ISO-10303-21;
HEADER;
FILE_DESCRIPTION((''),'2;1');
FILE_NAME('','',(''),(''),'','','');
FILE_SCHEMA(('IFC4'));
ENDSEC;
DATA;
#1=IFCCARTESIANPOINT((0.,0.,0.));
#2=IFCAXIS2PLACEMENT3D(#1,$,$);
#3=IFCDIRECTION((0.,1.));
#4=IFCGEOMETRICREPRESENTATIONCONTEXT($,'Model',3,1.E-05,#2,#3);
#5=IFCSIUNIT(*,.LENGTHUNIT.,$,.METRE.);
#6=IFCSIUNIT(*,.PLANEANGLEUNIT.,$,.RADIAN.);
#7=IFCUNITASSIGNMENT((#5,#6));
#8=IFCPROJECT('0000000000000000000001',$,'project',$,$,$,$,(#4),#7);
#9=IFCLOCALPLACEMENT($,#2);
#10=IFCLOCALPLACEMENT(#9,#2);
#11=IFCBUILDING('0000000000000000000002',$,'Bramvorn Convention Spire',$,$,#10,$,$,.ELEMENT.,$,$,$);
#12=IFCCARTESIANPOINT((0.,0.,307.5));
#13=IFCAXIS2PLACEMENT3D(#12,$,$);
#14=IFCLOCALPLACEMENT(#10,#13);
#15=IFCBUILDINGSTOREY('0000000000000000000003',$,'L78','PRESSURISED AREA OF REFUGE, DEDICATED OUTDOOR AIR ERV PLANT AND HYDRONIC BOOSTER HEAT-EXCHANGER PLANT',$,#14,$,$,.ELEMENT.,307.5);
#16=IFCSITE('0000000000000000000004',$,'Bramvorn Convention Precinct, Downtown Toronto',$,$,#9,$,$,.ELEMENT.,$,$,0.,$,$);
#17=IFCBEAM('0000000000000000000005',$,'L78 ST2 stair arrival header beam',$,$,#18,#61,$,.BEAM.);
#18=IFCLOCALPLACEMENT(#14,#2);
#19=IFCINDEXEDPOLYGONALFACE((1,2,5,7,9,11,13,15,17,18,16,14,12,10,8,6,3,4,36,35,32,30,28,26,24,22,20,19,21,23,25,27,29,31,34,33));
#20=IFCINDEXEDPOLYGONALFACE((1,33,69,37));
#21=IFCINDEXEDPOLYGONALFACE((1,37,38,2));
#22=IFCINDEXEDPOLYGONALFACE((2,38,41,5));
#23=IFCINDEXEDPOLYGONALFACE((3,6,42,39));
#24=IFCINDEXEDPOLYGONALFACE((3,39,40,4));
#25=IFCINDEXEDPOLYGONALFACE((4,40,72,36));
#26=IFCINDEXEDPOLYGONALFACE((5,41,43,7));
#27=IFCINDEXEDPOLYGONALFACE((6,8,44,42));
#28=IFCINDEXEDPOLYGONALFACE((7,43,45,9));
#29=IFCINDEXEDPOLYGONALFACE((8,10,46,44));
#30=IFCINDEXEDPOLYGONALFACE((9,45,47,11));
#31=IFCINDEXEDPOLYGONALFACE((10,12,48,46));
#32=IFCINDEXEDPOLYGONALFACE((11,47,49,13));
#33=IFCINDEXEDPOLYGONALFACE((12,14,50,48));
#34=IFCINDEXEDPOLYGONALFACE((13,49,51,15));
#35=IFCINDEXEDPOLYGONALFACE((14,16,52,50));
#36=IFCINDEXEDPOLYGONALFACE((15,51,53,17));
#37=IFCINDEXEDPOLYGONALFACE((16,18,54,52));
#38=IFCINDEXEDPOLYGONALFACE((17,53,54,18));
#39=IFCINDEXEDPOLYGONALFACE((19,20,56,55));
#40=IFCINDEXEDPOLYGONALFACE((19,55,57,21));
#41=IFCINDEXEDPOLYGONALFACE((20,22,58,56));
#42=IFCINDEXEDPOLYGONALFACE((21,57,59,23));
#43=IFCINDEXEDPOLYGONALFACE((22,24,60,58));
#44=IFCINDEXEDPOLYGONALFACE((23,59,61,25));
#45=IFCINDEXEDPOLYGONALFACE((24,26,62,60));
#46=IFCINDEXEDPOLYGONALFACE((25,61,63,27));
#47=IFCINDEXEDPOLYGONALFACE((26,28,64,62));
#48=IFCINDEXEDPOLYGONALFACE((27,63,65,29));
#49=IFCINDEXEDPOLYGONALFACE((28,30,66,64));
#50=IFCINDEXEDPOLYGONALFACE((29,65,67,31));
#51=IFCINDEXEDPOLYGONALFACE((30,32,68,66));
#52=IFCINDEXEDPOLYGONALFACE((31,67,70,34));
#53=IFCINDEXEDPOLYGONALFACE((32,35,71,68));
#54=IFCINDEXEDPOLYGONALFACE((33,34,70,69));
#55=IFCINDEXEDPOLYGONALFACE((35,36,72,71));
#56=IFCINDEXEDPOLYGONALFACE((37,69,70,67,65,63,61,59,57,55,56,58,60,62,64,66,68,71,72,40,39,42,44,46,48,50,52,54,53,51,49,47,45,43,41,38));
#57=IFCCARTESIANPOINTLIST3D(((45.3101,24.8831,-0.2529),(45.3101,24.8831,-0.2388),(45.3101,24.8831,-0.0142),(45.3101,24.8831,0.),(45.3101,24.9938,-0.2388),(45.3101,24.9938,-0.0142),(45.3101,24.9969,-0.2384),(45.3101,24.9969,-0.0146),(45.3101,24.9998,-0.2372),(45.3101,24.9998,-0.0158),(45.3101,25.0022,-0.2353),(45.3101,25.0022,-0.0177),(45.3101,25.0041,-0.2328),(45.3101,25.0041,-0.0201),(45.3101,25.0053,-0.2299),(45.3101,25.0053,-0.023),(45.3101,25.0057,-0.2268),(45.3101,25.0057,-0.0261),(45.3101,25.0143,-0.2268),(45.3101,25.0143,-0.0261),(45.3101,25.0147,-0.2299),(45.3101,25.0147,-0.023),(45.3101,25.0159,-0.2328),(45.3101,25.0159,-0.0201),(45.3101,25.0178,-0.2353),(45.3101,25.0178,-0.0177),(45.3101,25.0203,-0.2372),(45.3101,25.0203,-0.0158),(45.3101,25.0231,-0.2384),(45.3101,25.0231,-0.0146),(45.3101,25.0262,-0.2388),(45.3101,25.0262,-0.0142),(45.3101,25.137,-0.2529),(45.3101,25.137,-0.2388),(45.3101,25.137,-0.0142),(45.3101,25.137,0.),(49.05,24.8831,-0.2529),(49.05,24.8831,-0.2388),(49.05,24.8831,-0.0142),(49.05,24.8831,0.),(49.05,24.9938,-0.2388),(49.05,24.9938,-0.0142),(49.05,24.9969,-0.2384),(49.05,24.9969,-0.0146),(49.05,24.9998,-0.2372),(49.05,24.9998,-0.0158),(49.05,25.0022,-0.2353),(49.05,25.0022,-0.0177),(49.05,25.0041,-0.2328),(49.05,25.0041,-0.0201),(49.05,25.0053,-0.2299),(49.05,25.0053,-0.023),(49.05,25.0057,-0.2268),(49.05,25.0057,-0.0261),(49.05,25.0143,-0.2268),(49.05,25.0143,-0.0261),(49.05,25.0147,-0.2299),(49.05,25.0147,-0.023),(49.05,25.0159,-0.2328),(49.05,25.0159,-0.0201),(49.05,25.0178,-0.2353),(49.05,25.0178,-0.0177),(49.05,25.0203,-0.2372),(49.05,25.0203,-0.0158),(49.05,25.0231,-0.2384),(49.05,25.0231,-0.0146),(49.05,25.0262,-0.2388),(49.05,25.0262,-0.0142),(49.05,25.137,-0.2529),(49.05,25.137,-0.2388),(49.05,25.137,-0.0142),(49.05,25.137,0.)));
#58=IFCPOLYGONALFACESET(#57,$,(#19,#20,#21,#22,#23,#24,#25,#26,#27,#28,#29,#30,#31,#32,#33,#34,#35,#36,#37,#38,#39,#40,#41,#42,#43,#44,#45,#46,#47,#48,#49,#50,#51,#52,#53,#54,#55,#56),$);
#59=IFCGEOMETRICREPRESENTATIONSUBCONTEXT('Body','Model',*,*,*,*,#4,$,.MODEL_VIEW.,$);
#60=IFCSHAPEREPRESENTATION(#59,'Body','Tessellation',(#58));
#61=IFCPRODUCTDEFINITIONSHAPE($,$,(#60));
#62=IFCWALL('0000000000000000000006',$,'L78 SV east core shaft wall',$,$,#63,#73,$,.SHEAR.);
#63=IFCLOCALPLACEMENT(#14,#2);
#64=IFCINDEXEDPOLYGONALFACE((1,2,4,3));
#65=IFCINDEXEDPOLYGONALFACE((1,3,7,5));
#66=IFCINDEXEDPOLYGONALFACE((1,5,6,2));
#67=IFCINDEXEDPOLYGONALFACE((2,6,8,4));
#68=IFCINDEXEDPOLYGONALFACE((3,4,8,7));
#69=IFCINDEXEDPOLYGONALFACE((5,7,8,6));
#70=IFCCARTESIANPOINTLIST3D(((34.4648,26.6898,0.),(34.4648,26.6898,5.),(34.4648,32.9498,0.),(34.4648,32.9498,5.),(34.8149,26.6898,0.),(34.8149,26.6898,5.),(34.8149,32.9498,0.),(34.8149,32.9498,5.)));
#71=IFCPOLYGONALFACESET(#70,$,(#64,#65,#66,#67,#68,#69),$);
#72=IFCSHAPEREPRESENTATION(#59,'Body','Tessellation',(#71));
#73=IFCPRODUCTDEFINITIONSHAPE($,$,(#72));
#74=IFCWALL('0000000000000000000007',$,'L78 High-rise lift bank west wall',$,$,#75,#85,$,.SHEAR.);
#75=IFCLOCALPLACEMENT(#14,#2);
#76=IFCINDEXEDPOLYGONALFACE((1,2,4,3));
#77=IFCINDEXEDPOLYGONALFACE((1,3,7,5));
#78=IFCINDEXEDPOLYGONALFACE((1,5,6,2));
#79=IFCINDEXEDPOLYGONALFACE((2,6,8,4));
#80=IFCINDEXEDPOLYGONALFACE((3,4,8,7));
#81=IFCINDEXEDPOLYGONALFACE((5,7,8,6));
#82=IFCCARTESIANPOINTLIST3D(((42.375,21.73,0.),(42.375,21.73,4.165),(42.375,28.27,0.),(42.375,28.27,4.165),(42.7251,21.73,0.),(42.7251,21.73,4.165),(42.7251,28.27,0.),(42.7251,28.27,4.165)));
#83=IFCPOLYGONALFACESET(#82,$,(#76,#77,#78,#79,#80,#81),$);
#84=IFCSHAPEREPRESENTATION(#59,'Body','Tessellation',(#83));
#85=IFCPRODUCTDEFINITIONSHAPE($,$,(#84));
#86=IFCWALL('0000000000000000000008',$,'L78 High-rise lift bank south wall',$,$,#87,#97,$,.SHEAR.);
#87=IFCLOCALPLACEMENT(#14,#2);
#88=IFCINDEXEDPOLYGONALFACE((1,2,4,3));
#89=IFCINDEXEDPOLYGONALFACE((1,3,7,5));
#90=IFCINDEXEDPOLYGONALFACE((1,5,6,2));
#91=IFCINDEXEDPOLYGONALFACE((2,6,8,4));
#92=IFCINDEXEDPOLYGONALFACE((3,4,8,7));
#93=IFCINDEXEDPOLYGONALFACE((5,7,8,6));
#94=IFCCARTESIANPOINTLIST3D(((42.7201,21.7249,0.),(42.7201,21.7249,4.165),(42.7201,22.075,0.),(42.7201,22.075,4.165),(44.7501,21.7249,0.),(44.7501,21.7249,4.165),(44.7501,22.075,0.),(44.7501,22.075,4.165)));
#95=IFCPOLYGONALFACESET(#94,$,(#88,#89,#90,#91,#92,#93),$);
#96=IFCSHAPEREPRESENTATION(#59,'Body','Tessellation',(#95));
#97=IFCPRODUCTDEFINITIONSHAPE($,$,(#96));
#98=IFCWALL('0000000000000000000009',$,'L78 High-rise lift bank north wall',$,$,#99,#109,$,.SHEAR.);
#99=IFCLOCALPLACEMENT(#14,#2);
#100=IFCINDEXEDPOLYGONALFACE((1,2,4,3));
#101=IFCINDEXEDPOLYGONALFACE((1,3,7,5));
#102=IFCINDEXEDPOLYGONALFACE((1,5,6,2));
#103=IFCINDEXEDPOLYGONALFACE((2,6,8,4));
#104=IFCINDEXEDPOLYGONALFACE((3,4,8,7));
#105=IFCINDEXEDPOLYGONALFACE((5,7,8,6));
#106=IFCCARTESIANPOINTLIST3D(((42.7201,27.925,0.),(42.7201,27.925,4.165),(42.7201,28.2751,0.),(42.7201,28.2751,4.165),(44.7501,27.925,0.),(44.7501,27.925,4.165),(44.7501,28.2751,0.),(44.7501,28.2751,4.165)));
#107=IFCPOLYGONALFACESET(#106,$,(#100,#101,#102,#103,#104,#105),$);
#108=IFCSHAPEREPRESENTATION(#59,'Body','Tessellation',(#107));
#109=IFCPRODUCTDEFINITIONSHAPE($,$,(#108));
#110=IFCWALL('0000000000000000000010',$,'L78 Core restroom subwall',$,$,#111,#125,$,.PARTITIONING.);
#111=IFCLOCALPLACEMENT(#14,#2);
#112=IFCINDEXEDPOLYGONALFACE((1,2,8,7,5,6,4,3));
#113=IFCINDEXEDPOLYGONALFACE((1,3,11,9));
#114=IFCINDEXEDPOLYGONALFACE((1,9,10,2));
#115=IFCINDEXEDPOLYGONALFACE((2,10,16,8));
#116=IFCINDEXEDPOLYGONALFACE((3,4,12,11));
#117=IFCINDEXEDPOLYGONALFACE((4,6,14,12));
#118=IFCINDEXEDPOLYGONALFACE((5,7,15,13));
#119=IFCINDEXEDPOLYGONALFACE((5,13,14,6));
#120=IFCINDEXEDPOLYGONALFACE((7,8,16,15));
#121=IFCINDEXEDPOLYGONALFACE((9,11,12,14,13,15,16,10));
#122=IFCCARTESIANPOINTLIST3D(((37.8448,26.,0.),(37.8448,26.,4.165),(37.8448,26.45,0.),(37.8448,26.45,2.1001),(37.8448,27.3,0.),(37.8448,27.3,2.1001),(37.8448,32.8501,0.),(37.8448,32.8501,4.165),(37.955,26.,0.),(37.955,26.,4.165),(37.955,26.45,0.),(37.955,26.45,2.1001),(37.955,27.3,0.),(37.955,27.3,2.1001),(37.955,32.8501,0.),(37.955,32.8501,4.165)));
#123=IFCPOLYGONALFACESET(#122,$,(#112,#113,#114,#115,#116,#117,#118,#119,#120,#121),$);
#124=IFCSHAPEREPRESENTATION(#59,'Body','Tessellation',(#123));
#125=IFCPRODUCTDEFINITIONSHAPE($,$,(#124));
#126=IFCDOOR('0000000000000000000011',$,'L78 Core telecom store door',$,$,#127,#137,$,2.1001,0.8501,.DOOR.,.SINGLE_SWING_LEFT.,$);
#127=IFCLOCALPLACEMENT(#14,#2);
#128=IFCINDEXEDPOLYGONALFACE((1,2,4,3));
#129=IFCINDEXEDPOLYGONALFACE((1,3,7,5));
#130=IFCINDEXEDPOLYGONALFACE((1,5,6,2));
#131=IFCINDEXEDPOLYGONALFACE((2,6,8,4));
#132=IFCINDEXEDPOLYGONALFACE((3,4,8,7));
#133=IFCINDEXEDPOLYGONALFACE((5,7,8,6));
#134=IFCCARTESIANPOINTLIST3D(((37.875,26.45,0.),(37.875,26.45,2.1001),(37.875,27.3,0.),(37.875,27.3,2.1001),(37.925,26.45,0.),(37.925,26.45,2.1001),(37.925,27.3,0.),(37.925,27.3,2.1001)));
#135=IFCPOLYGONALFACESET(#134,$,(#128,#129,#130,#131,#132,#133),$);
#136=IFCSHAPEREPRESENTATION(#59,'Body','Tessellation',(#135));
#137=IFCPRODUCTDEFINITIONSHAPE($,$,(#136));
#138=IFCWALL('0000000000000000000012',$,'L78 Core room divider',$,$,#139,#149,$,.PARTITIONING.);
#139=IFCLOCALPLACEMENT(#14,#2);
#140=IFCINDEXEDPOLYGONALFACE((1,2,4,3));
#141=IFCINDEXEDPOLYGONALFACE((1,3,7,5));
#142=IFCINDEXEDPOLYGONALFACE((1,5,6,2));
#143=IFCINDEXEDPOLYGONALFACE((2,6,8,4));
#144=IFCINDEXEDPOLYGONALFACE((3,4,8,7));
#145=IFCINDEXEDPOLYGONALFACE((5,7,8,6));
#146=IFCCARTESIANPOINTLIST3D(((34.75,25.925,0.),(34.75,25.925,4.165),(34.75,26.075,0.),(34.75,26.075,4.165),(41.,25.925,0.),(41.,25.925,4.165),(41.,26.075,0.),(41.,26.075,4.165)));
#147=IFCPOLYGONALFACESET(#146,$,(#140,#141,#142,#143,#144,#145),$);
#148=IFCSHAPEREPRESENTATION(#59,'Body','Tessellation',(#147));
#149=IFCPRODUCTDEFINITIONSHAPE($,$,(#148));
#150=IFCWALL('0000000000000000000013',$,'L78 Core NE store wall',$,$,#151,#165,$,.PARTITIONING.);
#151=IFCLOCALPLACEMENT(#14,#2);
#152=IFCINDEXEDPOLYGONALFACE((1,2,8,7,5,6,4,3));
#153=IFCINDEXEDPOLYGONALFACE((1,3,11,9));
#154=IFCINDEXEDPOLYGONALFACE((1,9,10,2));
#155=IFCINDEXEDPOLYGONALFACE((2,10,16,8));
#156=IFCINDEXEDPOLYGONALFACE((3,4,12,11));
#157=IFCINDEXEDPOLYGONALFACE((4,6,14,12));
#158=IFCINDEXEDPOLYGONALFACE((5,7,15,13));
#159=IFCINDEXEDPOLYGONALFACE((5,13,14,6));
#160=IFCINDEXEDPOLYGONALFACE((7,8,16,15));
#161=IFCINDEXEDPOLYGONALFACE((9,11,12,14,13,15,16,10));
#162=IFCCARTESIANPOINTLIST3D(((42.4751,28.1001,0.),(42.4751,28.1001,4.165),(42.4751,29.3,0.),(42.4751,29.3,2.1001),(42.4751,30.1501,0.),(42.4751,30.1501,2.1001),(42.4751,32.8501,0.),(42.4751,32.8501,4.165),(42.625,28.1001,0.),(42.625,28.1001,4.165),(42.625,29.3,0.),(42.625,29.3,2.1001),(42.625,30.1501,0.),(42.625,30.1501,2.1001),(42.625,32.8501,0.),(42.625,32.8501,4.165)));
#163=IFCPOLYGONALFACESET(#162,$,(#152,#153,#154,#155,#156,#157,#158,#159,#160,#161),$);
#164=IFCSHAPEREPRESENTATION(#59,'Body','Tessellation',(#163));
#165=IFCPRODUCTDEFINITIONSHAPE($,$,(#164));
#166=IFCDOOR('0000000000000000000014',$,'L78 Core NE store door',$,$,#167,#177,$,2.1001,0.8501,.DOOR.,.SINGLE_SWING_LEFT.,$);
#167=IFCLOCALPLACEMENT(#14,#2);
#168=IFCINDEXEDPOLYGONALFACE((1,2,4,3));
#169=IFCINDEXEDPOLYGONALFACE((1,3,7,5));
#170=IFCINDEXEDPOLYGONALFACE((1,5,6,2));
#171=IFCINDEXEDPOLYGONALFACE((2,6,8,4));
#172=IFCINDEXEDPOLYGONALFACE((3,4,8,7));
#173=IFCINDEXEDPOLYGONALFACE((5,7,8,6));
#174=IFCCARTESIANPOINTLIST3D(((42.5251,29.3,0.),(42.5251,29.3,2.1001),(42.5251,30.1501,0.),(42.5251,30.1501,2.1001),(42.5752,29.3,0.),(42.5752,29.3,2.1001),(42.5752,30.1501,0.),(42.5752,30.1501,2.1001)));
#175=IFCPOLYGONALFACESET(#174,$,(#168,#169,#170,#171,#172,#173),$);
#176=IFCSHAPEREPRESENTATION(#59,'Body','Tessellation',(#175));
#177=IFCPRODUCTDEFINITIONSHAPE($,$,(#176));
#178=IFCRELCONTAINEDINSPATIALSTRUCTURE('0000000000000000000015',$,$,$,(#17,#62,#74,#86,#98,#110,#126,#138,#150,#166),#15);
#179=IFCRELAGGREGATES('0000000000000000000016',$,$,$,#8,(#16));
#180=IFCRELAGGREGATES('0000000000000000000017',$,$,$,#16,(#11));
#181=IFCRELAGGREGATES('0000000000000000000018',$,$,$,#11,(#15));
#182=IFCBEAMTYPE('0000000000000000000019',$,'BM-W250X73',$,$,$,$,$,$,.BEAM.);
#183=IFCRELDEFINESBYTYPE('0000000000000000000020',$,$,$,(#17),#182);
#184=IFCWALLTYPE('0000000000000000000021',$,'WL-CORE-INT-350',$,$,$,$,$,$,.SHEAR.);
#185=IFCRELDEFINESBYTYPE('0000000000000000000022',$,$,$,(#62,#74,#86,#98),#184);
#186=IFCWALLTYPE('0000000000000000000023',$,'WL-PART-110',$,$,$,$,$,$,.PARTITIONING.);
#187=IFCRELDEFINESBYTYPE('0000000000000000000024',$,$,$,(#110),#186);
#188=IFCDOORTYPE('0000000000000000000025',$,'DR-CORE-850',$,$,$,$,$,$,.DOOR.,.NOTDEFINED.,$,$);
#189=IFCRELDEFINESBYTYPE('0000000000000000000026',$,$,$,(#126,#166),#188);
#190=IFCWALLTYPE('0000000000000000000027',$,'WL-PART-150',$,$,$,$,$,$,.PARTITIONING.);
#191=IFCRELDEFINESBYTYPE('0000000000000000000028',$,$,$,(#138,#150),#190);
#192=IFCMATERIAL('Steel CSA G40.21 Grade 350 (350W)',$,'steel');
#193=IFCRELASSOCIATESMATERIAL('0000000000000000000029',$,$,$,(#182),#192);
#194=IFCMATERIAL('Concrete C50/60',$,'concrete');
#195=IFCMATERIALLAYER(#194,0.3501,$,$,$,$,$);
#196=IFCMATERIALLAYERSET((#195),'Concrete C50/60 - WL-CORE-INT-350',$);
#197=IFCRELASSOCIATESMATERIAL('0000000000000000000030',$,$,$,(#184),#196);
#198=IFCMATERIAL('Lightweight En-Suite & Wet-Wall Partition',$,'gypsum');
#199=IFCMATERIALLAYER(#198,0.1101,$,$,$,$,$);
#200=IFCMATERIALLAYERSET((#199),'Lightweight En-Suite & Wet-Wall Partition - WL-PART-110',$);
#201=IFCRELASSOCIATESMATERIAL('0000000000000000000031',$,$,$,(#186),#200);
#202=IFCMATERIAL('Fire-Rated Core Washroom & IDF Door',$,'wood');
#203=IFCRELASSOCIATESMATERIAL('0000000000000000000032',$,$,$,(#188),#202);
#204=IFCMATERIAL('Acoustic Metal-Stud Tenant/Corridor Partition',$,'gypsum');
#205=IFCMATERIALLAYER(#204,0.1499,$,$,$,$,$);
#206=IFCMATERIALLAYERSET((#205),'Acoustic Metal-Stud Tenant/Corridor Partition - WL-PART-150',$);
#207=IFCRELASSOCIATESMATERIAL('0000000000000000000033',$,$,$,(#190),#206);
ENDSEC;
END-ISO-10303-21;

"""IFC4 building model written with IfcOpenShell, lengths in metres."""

from ifc_helpers import new_model, si_unit, direction, frame, frame_2d, origin, origin_2d, place, context, subcontext, project, spatial, rectangle, i_section, extrude, material, layer, layer_set, material_profile, profile_set, type_object, element, fill, save


model = new_model("IFC4")

# Units and contexts
model_context = context("Model", 3, precision=1e-05, world=origin(), true_north=direction((0.0, 1.0)))
body_context = subcontext(model_context, "Body", "Model", "MODEL_VIEW")
ifc_project = project(units=[si_unit("LENGTHUNIT", "METRE"), si_unit("PLANEANGLEUNIT", "RADIAN")], contexts=[model_context])

# Site, building, storey
site_placement = place(None, origin())
site = spatial("IfcSite", under=ifc_project, at=site_placement, Name="Bramvorn Convention Precinct, Downtown Toronto", CompositionType="ELEMENT", RefElevation=0.0)
building_placement = place(site_placement, origin())
building = spatial("IfcBuilding", under=site, at=building_placement, Name="Bramvorn Convention Spire", CompositionType="ELEMENT")
storey_placement = place(building_placement, frame((0.0, 0.0, 307.5)))
storey = spatial("IfcBuildingStorey", under=building, at=storey_placement, Name="L78", Description="PRESSURISED AREA OF REFUGE, DEDICATED OUTDOOR AIR ERV PLANT AND HYDRONIC BOOSTER HEAT-EXCHANGER PLANT", CompositionType="ELEMENT", Elevation=307.5)

# Beam
ifc_material_1 = material(Name="Steel CSA G40.21 Grade 350 (350W)", Category="steel")
ifc_material_profile = material_profile(ifc_material_1, i_section(OverallWidth=0.2539, OverallDepth=0.2529, WebThickness=0.0085, FlangeThickness=0.0142, FilletRadius=0.012, at=origin_2d()))
ifc_profile_set = profile_set([ifc_material_profile], Name="Steel CSA G40.21 Grade 350 (350W) - W250X73")
beam_type = type_object("IfcBeamType", Name="BM-W250X73", PredefinedType="BEAM", material=ifc_profile_set)
beam_placement = place(storey_placement, frame((45.3101, 25.01, -0.1265), z_axis=(1.0, 0.0, 0.0), x_axis=(0.0, 1.0, 0.0)))
element("IfcBeam", 1, at=beam_placement, inside=storey, type_object=beam_type, Name="L78 ST2 stair arrival header beam", PredefinedType="BEAM", context=body_context, shape_type="SweptSolid", body=[
    extrude(i_section(OverallWidth=0.2539, OverallDepth=0.2529, WebThickness=0.0085, FlangeThickness=0.0142, FilletRadius=0.012, at=origin_2d()), origin(), (0.0, 0.0, 1.0), 3.74),
])

# Shared definitions
ifc_material_2 = material(Name="Concrete C50/60", Category="concrete")
ifc_layer_1 = layer(ifc_material_2, 0.3501)
ifc_layer_set_1 = layer_set([ifc_layer_1], Name="Concrete C50/60 - WL-CORE-INT-350")
wall_type_1 = type_object("IfcWallType", Name="WL-CORE-INT-350", PredefinedType="SHEAR", material=ifc_layer_set_1)

# Walls
wall_1_placement = place(storey_placement, frame((34.6399, 26.6899, 0.0), z_axis=(0.0, 0.0, 1.0), x_axis=(0.0, 1.0, 0.0)))
element("IfcWall", 2, at=wall_1_placement, inside=storey, type_object=wall_type_1, Name="L78 SV east core shaft wall", PredefinedType="SHEAR", context=body_context, shape_type="SweptSolid", body=[
    extrude(rectangle(XDim=6.26, YDim=0.3501, at=frame_2d((3.1299, 0.0))), origin(), (0.0, 0.0, 1.0), 5.0),
])
wall_2_placement = place(storey_placement, frame((42.55, 21.73, 0.0), z_axis=(0.0, 0.0, 1.0), x_axis=(0.0, 1.0, 0.0)))
element("IfcWall", 3, at=wall_2_placement, inside=storey, type_object=wall_type_1, Name="L78 High-rise lift bank west wall", PredefinedType="SHEAR", context=body_context, shape_type="SweptSolid", body=[
    extrude(rectangle(XDim=6.54, YDim=0.3501, at=frame_2d((3.27, 0.0))), origin(), (0.0, 0.0, 1.0), 4.165),
])
for number, where, z_axis, x_axis, name in (
    (4, (42.72, 21.8999, 0.0), (0.0, 0.0, 1.0), (1.0, 0.0, 0.0), "L78 High-rise lift bank south wall"),
    (5, (42.72, 28.1001, 0.0), (0.0, 0.0, 1.0), (1.0, 0.0, 0.0), "L78 High-rise lift bank north wall"),
):
    element("IfcWall", number, at=place(storey_placement, frame(where, z_axis=z_axis, x_axis=x_axis)), inside=storey, type_object=wall_type_1, Name=name, PredefinedType="SHEAR", context=body_context, shape_type="SweptSolid", body=[
        extrude(rectangle(XDim=2.03, YDim=0.3501, at=frame_2d((1.0151, 0.0))), origin(), (0.0, 0.0, 1.0), 4.165),
    ])

# Wall, opening, door
ifc_material_3 = material(Name="Lightweight En-Suite & Wet-Wall Partition", Category="gypsum")
ifc_layer_2 = layer(ifc_material_3, 0.1101)
ifc_layer_set_2 = layer_set([ifc_layer_2], Name="Lightweight En-Suite & Wet-Wall Partition - WL-PART-110")
wall_type_2 = type_object("IfcWallType", Name="WL-PART-110", PredefinedType="PARTITIONING", material=ifc_layer_set_2)
wall_3_placement = place(storey_placement, frame((37.8999, 26.0, 0.0), z_axis=(0.0, 0.0, 1.0), x_axis=(0.0, 1.0, 0.0)))
wall_3 = element("IfcWall", 6, at=wall_3_placement, inside=storey, type_object=wall_type_2, Name="L78 Core restroom subwall", PredefinedType="PARTITIONING", context=body_context, shape_type="SweptSolid", body=[
    extrude(rectangle(XDim=6.8501, YDim=0.1101, at=frame_2d((3.425, 0.0))), origin(), (0.0, 0.0, 1.0), 4.165),
])
opening_1_placement = place(wall_3_placement, frame((0.45, 0.0, 0.0)))
opening_1 = element("IfcOpeningElement", 7, at=opening_1_placement, cuts=wall_3, PredefinedType="OPENING", context=body_context, shape_type="SweptSolid", body=[
    extrude(rectangle(XDim=0.8501, YDim=2.1001, at=frame_2d((0.425, 1.05))), frame((0.0, 0.0649, 0.0), z_axis=(0.0, -1.0, 0.0), x_axis=(1.0, 0.0, 0.0)), (0.0, 0.0, 1.0), 0.1301),
])
ifc_material_4 = material(Name="Fire-Rated Core Washroom & IDF Door", Category="wood")
door_type_1 = type_object("IfcDoorType", Name="DR-CORE-850", OperationType="NOTDEFINED", PredefinedType="DOOR", material=ifc_material_4)
door_1_placement = place(opening_1_placement, origin())
door_1 = element("IfcDoor", 8, at=door_1_placement, inside=storey, type_object=door_type_1, Name="L78 Core telecom store door", OperationType="SINGLE_SWING_LEFT", OverallHeight=2.1001, OverallWidth=0.8501, PredefinedType="DOOR", context=body_context, shape_type="SweptSolid", body=[
    extrude(rectangle(XDim=0.8501, YDim=2.1001, at=frame_2d((0.425, 1.05))), frame((0.0, 0.0249, 0.0), z_axis=(0.0, -1.0, 0.0), x_axis=(1.0, 0.0, 0.0)), (0.0, 0.0, 1.0), 0.05),
])
fill(opening_1, door_1)

# Wall
ifc_material_5 = material(Name="Acoustic Metal-Stud Tenant/Corridor Partition", Category="gypsum")
ifc_layer_3 = layer(ifc_material_5, 0.1499)
ifc_layer_set_3 = layer_set([ifc_layer_3], Name="Acoustic Metal-Stud Tenant/Corridor Partition - WL-PART-150")
wall_type_3 = type_object("IfcWallType", Name="WL-PART-150", PredefinedType="PARTITIONING", material=ifc_layer_set_3)
wall_4_placement = place(storey_placement, frame((34.75, 26.0, 0.0), z_axis=(0.0, 0.0, 1.0), x_axis=(1.0, 0.0, 0.0)))
element("IfcWall", 9, at=wall_4_placement, inside=storey, type_object=wall_type_3, Name="L78 Core room divider", PredefinedType="PARTITIONING", context=body_context, shape_type="SweptSolid", body=[
    extrude(rectangle(XDim=6.25, YDim=0.1499, at=frame_2d((3.125, 0.0))), origin(), (0.0, 0.0, 1.0), 4.165),
])

# Wall, opening, door
wall_5_placement = place(storey_placement, frame((42.55, 28.1001, 0.0), z_axis=(0.0, 0.0, 1.0), x_axis=(0.0, 1.0, 0.0)))
wall_5 = element("IfcWall", 10, at=wall_5_placement, inside=storey, type_object=wall_type_3, Name="L78 Core NE store wall", PredefinedType="PARTITIONING", context=body_context, shape_type="SweptSolid", body=[
    extrude(rectangle(XDim=4.75, YDim=0.1499, at=frame_2d((2.375, 0.0))), origin(), (0.0, 0.0, 1.0), 4.165),
])
opening_2_placement = place(wall_5_placement, frame((1.2, 0.0, 0.0)))
opening_2 = element("IfcOpeningElement", 11, at=opening_2_placement, cuts=wall_5, PredefinedType="OPENING", context=body_context, shape_type="SweptSolid", body=[
    extrude(rectangle(XDim=0.8501, YDim=2.1001, at=frame_2d((0.425, 1.05))), frame((0.0, 0.085, 0.0), z_axis=(0.0, -1.0, 0.0), x_axis=(1.0, 0.0, 0.0)), (0.0, 0.0, 1.0), 0.1699),
])
door_2_placement = place(opening_2_placement, origin())
door_2 = element("IfcDoor", 12, at=door_2_placement, inside=storey, type_object=door_type_1, Name="L78 Core NE store door", OperationType="SINGLE_SWING_LEFT", OverallHeight=2.1001, OverallWidth=0.8501, PredefinedType="DOOR", context=body_context, shape_type="SweptSolid", body=[
    extrude(rectangle(XDim=0.8501, YDim=2.1001, at=frame_2d((0.425, 1.05))), frame((0.0, 0.0249, 0.0), z_axis=(0.0, -1.0, 0.0), x_axis=(1.0, 0.0, 0.0)), (0.0, 0.0, 1.0), 0.05),
])
fill(opening_2, door_2)

save(model, "model.ifc")
